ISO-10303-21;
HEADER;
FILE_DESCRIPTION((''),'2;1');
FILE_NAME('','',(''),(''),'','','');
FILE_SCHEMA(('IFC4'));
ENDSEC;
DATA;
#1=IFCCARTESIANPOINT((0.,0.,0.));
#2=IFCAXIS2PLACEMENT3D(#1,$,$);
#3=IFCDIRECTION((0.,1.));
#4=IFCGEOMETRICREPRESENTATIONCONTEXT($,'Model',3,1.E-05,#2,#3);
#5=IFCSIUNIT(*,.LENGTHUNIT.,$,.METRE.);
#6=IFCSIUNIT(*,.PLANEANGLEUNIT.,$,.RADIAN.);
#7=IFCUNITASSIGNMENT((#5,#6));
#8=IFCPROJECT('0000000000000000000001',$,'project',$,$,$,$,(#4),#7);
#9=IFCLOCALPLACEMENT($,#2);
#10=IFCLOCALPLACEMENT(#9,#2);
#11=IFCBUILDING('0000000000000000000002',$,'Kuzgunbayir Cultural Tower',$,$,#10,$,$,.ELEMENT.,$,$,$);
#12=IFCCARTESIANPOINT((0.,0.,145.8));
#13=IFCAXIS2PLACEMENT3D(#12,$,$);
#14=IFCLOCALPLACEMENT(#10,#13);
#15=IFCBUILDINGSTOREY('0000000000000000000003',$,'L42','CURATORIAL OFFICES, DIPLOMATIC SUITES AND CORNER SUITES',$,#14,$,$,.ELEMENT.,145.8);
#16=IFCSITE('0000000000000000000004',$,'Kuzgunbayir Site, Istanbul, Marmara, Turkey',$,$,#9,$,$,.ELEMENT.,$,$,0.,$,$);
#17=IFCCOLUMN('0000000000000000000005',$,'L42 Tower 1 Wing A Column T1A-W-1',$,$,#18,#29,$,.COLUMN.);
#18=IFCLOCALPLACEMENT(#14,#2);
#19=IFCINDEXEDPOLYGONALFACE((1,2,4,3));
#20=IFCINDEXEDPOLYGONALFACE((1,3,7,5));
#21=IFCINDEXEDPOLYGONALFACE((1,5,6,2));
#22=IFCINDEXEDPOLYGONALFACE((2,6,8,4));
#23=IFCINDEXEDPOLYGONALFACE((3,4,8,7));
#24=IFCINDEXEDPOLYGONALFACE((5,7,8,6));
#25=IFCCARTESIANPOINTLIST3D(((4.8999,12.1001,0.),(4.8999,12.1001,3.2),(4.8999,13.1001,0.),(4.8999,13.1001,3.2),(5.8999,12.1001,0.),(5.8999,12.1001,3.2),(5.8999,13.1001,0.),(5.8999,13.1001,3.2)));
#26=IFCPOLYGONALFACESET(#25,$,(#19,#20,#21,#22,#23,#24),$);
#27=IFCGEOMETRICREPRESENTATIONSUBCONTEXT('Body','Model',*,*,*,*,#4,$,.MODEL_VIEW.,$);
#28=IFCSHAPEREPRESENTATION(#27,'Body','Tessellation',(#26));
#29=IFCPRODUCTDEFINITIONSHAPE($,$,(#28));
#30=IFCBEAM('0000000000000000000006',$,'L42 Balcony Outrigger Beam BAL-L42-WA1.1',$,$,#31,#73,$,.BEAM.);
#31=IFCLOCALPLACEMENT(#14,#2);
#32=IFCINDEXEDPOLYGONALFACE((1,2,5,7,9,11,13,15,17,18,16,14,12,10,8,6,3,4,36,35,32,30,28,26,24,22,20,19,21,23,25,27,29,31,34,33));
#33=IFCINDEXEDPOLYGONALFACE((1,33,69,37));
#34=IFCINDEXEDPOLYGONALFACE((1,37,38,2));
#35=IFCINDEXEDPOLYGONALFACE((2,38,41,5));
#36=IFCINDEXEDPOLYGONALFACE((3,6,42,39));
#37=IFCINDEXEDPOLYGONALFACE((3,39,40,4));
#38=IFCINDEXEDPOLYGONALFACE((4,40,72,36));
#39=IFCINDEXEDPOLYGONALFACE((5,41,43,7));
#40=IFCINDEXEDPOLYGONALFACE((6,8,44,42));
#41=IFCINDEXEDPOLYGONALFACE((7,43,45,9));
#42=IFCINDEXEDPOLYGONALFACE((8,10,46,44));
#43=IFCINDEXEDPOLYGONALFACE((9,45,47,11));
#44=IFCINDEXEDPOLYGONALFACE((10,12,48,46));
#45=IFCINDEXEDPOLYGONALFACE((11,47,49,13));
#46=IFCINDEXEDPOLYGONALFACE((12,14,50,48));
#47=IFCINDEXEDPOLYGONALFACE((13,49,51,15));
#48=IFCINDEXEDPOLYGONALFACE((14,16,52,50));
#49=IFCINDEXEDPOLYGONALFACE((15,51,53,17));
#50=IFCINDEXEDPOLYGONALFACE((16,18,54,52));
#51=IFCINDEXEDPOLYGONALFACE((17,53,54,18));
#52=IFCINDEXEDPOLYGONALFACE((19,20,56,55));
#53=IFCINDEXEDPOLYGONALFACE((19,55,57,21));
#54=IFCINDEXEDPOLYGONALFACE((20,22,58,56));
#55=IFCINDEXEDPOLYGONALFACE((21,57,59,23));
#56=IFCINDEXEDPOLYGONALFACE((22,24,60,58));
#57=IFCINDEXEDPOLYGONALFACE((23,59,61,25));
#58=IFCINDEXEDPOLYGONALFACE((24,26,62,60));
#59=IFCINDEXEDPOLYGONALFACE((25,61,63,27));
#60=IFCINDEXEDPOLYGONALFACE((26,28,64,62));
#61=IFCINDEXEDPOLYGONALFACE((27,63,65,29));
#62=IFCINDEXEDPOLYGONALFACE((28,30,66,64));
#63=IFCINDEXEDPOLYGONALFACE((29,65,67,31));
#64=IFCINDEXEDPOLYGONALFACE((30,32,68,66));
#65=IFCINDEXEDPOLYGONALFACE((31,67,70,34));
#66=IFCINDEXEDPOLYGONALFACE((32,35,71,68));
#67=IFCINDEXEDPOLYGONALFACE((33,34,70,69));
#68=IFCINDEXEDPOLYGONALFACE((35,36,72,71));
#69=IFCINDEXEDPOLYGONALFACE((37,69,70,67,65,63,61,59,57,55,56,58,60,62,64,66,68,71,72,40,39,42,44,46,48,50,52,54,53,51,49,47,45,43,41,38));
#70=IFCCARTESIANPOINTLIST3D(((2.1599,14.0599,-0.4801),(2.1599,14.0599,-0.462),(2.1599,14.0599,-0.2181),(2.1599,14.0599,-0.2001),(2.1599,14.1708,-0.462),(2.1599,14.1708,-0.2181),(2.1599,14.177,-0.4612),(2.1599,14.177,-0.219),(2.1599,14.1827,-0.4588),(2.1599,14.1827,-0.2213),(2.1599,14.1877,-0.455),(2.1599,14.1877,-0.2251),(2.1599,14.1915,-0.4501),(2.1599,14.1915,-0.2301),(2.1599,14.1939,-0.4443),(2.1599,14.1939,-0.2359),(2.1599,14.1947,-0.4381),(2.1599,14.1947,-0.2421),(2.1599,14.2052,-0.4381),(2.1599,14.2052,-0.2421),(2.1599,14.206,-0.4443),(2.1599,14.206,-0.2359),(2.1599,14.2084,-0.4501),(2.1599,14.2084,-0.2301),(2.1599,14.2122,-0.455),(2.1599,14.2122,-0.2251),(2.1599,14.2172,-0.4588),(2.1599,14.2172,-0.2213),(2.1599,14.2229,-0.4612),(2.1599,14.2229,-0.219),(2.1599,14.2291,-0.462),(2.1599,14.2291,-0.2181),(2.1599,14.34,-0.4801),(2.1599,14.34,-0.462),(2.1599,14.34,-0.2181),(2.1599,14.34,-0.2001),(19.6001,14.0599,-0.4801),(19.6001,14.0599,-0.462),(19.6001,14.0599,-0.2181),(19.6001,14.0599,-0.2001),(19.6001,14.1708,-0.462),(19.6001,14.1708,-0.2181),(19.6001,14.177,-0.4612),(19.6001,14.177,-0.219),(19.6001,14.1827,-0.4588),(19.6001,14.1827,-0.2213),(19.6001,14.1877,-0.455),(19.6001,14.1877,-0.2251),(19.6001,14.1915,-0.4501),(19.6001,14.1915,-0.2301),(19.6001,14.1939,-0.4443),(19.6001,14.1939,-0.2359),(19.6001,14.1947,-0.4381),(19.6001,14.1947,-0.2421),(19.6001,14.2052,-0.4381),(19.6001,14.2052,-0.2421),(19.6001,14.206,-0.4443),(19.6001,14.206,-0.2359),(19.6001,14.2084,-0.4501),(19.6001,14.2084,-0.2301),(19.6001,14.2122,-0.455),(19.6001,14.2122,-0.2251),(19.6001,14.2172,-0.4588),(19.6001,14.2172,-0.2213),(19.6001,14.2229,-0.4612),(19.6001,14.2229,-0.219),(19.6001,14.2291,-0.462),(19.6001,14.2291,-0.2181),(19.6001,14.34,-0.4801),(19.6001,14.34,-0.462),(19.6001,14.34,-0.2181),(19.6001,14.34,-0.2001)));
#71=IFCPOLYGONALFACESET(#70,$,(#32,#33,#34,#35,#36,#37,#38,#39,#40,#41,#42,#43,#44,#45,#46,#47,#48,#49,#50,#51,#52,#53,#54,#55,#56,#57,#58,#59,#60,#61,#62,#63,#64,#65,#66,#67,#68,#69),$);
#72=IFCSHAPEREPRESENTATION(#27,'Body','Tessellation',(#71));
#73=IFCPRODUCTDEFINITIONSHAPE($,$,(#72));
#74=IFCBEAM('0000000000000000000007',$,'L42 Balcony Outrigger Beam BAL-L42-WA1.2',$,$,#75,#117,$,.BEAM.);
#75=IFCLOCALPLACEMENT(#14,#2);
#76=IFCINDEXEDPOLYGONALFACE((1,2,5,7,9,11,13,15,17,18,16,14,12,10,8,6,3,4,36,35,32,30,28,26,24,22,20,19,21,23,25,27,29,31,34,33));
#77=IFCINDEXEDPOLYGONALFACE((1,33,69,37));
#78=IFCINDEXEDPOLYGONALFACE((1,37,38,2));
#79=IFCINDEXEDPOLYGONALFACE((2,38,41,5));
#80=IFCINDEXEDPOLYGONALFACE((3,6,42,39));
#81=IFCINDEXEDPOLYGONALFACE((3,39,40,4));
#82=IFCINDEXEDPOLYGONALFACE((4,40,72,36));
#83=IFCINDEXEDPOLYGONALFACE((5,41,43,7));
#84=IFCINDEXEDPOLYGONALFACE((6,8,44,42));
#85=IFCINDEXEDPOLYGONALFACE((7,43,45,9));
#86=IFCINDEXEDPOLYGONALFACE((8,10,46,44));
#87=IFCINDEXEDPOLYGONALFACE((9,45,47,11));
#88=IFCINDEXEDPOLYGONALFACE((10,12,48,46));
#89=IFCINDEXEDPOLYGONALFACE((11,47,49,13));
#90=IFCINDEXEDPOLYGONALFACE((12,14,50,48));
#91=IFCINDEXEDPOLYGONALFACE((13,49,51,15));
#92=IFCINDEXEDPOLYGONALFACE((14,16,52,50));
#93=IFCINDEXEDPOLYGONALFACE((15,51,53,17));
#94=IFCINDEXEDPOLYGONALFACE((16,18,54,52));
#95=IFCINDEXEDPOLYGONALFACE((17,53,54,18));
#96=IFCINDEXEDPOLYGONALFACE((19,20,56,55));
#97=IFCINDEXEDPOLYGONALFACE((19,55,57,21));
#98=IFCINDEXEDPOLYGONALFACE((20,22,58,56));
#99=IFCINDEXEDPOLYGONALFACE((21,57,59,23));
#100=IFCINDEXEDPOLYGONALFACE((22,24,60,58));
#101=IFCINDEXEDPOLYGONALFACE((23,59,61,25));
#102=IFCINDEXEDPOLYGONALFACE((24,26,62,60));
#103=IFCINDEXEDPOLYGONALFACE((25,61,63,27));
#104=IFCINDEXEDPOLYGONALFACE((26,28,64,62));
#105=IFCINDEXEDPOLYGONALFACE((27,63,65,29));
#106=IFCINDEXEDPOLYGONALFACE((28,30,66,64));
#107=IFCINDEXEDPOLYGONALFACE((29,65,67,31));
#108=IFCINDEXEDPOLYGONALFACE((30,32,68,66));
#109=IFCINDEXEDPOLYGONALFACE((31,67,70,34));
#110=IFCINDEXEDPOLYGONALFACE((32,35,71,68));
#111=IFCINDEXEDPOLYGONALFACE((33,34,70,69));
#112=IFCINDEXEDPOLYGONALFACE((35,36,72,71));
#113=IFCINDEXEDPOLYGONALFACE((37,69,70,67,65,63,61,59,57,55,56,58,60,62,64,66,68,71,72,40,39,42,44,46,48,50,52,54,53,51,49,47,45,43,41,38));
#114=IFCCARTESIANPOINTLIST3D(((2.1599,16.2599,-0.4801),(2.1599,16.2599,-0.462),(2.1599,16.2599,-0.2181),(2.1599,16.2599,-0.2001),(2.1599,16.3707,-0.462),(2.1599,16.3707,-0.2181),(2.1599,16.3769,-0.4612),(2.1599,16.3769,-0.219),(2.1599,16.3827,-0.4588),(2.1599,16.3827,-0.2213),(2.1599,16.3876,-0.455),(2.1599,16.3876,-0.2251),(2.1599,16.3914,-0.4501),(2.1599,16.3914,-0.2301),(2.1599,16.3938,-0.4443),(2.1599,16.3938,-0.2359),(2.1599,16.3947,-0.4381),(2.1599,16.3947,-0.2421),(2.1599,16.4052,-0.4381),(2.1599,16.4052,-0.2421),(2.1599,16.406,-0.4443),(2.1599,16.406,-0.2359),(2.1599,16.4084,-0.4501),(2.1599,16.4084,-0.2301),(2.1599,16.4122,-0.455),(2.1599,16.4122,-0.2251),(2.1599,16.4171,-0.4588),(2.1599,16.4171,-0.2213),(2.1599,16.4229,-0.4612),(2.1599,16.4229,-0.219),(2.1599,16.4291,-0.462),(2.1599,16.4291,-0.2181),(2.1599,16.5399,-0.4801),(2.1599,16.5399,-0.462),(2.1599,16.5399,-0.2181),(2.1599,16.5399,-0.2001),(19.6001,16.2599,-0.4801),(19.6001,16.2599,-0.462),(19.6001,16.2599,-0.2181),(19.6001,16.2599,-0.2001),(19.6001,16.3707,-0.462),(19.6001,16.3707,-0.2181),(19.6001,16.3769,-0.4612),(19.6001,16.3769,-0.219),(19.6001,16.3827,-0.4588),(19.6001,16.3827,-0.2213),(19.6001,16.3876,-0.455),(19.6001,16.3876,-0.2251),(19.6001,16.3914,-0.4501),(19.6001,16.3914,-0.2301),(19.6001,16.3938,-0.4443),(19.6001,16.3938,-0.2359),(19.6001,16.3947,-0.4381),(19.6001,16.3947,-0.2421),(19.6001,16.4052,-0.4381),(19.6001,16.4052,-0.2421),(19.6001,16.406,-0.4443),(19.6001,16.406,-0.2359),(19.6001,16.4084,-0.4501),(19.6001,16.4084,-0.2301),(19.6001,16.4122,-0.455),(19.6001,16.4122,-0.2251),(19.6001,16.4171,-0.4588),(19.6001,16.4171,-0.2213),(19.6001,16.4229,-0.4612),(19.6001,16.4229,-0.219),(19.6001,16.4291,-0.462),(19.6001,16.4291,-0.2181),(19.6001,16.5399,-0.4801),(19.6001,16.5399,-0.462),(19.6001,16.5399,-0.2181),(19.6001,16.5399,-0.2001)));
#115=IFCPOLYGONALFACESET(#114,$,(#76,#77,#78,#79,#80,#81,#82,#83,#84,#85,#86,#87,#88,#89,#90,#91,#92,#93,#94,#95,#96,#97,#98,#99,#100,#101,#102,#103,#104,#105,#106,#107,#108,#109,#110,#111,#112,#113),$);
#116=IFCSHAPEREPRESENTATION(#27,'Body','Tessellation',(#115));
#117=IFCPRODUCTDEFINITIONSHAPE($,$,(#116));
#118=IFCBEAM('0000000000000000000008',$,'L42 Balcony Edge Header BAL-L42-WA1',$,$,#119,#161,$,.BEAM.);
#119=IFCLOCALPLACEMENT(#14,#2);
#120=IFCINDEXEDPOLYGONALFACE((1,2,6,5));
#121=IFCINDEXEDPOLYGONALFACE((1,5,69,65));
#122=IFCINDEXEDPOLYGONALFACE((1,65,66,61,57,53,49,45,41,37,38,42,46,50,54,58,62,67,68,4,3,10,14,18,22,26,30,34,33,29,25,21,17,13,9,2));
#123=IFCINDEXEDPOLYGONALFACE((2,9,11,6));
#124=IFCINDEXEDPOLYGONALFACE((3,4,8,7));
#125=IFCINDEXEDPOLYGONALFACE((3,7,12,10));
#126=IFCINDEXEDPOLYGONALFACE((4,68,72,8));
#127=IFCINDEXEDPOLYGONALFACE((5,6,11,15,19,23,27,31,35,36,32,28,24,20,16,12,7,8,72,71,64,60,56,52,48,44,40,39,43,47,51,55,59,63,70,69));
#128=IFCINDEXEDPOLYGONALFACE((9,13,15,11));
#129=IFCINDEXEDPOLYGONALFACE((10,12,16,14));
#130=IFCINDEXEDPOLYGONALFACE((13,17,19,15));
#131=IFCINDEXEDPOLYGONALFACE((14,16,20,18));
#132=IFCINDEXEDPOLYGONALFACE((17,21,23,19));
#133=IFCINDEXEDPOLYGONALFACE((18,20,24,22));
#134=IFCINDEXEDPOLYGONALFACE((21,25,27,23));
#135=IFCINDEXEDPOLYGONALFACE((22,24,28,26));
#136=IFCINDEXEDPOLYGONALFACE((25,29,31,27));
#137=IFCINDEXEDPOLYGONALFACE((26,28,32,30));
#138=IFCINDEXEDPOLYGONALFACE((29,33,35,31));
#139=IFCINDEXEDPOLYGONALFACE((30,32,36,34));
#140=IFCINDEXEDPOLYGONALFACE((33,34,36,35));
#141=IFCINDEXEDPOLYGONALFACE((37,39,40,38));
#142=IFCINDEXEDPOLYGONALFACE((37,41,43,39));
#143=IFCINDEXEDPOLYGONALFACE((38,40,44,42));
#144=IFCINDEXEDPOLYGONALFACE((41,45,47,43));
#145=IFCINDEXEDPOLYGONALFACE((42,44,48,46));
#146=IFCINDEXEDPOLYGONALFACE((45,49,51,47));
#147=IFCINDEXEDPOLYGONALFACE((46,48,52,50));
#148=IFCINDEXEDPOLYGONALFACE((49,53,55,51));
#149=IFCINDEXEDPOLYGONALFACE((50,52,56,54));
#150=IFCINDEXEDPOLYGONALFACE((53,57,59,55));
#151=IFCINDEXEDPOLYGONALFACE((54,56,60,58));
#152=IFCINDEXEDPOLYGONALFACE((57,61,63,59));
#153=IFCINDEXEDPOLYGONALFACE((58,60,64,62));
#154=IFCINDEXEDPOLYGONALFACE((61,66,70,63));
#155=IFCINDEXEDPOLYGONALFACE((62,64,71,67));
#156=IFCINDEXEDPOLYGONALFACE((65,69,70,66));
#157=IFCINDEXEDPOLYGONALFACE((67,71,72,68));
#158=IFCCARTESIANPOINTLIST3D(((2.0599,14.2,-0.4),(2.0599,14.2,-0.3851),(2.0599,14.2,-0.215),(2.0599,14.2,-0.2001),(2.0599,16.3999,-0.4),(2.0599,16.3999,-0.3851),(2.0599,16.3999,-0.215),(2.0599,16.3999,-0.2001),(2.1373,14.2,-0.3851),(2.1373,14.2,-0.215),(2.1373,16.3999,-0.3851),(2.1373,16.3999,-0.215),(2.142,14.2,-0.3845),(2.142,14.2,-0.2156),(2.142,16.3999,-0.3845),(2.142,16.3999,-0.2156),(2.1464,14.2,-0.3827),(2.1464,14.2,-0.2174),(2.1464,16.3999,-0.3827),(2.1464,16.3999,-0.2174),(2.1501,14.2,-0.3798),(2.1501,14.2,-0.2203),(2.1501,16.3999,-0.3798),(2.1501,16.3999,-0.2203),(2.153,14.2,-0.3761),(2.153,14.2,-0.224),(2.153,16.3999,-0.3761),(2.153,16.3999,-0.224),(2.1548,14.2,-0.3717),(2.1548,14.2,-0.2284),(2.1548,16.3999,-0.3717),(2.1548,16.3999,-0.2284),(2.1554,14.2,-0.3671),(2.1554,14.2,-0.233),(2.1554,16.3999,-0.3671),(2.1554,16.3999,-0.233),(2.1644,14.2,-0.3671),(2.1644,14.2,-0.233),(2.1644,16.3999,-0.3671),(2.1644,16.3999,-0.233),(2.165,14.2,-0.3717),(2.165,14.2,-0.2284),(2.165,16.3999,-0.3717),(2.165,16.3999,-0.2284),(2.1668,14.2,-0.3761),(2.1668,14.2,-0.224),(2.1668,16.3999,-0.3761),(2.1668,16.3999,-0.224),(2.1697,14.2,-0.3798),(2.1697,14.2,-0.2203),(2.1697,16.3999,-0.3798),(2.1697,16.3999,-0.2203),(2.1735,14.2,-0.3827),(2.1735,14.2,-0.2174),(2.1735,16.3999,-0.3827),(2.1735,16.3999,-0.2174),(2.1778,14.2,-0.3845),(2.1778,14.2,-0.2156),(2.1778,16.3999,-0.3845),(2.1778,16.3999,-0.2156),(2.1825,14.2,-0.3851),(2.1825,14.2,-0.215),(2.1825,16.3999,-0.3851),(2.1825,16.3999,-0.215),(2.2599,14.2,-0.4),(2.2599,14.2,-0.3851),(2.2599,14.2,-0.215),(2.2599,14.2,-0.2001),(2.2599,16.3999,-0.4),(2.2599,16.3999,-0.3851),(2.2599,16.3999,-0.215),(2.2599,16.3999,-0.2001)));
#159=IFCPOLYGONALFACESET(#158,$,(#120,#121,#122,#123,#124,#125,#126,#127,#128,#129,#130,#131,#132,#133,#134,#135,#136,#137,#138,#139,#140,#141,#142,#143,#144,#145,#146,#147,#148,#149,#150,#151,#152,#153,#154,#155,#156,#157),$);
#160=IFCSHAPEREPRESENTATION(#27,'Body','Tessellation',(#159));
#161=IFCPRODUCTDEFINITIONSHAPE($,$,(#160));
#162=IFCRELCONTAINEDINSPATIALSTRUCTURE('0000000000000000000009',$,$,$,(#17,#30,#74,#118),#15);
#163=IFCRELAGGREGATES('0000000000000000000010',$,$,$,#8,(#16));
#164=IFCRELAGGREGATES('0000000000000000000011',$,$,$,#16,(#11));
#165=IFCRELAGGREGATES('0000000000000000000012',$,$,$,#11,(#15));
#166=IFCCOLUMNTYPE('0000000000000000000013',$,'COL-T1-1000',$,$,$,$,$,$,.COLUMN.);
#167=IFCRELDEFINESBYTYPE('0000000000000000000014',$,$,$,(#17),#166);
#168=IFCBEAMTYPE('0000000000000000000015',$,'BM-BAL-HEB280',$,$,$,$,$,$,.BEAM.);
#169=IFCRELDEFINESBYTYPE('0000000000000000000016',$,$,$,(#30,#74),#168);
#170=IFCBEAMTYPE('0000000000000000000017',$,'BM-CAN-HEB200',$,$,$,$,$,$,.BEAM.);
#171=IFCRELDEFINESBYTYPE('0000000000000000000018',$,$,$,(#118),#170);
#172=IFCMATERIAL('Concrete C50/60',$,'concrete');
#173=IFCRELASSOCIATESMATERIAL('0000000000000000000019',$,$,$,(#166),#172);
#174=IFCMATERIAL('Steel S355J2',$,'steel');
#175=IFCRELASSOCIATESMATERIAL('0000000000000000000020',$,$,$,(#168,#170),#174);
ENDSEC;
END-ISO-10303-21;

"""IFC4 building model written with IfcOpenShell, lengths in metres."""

from ifc_helpers import new_model, si_unit, direction, frame, origin, origin_2d, place, context, subcontext, project, spatial, rectangle, i_section, extrude, material, material_profile, profile_set, type_object, element, save


model = new_model("IFC4")

# Units and contexts
model_context = context("Model", 3, precision=1e-05, world=origin(), true_north=direction((0.0, 1.0)))
body_context = subcontext(model_context, "Body", "Model", "MODEL_VIEW")
ifc_project = project(units=[si_unit("LENGTHUNIT", "METRE"), si_unit("PLANEANGLEUNIT", "RADIAN")], contexts=[model_context])

# Site, building, storey
site_placement = place(None, origin())
site = spatial("IfcSite", under=ifc_project, at=site_placement, Name="Kuzgunbayir Site, Istanbul, Marmara, Turkey", CompositionType="ELEMENT", RefElevation=0.0)
building_placement = place(site_placement, origin())
building = spatial("IfcBuilding", under=site, at=building_placement, Name="Kuzgunbayir Cultural Tower", CompositionType="ELEMENT")
storey_placement = place(building_placement, frame((0.0, 0.0, 145.8)))
storey = spatial("IfcBuildingStorey", under=building, at=storey_placement, Name="L42", Description="CURATORIAL OFFICES, DIPLOMATIC SUITES AND CORNER SUITES", CompositionType="ELEMENT", Elevation=145.8)

# Column
ifc_material_1 = material(Name="Concrete C50/60", Category="concrete")
ifc_material_profile_1 = material_profile(ifc_material_1, rectangle(XDim=1.0, YDim=1.0, at=origin_2d()), Name="RC 1000x1000")
ifc_profile_set_1 = profile_set([ifc_material_profile_1], Name="Concrete C50/60")
column_type = type_object("IfcColumnType", Name="COL-T1-1000", PredefinedType="COLUMN", material=ifc_profile_set_1)
column_placement = place(storey_placement, frame((5.3999, 12.6001, 0.0), z_axis=(0.0, 0.0, 1.0), x_axis=(1.0, 0.0, 0.0)))
element("IfcColumn", 1, at=column_placement, inside=storey, type_object=column_type, Name="L42 Tower 1 Wing A Column T1A-W-1", PredefinedType="COLUMN", context=body_context, shape_type="SweptSolid", body=[
    extrude(rectangle(XDim=1.0, YDim=1.0, at=origin_2d()), origin(), (0.0, 0.0, 1.0), 3.2),
])

# Beams
ifc_material_2 = material(Name="Steel S355J2", Category="steel")
ifc_material_profile_2 = material_profile(ifc_material_2, i_section(OverallWidth=0.28, OverallDepth=0.28, WebThickness=0.0105, FlangeThickness=0.0181, FilletRadius=0.0239, at=origin_2d()), Name="HEB 280")
ifc_profile_set_2 = profile_set([ifc_material_profile_2], Name="Steel S355J2")
beam_type_1 = type_object("IfcBeamType", Name="BM-BAL-HEB280", PredefinedType="BEAM", material=ifc_profile_set_2)
for number, where, z_axis, x_axis, name in (
    (2, (2.1599, 14.2, -0.3401), (1.0, 0.0, 0.0), (0.0, 1.0, 0.0), "L42 Balcony Outrigger Beam BAL-L42-WA1.1"),
    (3, (2.1599, 16.3999, -0.3401), (1.0, 0.0, 0.0), (0.0, 1.0, 0.0), "L42 Balcony Outrigger Beam BAL-L42-WA1.2"),
):
    element("IfcBeam", number, at=place(storey_placement, frame(where, z_axis=z_axis, x_axis=x_axis)), inside=storey, type_object=beam_type_1, Name=name, PredefinedType="BEAM", context=body_context, shape_type="SweptSolid", body=[
        extrude(i_section(OverallWidth=0.28, OverallDepth=0.28, WebThickness=0.0105, FlangeThickness=0.0181, FilletRadius=0.0239, at=origin_2d()), origin(), (0.0, 0.0, 1.0), 17.4402),
    ])
ifc_material_profile_3 = material_profile(ifc_material_2, i_section(OverallWidth=0.2, OverallDepth=0.2, WebThickness=0.009, FlangeThickness=0.0149, FilletRadius=0.0181, at=origin_2d()), Name="HEB 200")
ifc_profile_set_3 = profile_set([ifc_material_profile_3], Name="Steel S355J2")
beam_type_2 = type_object("IfcBeamType", Name="BM-CAN-HEB200", PredefinedType="BEAM", material=ifc_profile_set_3)
beam_1_placement = place(storey_placement, frame((2.1599, 14.2, -0.3), z_axis=(0.0, 1.0, 0.0), x_axis=(-1.0, 0.0, 0.0)))
element("IfcBeam", 4, at=beam_1_placement, inside=storey, type_object=beam_type_2, Name="L42 Balcony Edge Header BAL-L42-WA1", PredefinedType="BEAM", context=body_context, shape_type="SweptSolid", body=[
    extrude(i_section(OverallWidth=0.2, OverallDepth=0.2, WebThickness=0.009, FlangeThickness=0.0149, FilletRadius=0.0181, at=origin_2d()), origin(), (0.0, 0.0, 1.0), 2.2),
])

save(model, "model.ifc")
